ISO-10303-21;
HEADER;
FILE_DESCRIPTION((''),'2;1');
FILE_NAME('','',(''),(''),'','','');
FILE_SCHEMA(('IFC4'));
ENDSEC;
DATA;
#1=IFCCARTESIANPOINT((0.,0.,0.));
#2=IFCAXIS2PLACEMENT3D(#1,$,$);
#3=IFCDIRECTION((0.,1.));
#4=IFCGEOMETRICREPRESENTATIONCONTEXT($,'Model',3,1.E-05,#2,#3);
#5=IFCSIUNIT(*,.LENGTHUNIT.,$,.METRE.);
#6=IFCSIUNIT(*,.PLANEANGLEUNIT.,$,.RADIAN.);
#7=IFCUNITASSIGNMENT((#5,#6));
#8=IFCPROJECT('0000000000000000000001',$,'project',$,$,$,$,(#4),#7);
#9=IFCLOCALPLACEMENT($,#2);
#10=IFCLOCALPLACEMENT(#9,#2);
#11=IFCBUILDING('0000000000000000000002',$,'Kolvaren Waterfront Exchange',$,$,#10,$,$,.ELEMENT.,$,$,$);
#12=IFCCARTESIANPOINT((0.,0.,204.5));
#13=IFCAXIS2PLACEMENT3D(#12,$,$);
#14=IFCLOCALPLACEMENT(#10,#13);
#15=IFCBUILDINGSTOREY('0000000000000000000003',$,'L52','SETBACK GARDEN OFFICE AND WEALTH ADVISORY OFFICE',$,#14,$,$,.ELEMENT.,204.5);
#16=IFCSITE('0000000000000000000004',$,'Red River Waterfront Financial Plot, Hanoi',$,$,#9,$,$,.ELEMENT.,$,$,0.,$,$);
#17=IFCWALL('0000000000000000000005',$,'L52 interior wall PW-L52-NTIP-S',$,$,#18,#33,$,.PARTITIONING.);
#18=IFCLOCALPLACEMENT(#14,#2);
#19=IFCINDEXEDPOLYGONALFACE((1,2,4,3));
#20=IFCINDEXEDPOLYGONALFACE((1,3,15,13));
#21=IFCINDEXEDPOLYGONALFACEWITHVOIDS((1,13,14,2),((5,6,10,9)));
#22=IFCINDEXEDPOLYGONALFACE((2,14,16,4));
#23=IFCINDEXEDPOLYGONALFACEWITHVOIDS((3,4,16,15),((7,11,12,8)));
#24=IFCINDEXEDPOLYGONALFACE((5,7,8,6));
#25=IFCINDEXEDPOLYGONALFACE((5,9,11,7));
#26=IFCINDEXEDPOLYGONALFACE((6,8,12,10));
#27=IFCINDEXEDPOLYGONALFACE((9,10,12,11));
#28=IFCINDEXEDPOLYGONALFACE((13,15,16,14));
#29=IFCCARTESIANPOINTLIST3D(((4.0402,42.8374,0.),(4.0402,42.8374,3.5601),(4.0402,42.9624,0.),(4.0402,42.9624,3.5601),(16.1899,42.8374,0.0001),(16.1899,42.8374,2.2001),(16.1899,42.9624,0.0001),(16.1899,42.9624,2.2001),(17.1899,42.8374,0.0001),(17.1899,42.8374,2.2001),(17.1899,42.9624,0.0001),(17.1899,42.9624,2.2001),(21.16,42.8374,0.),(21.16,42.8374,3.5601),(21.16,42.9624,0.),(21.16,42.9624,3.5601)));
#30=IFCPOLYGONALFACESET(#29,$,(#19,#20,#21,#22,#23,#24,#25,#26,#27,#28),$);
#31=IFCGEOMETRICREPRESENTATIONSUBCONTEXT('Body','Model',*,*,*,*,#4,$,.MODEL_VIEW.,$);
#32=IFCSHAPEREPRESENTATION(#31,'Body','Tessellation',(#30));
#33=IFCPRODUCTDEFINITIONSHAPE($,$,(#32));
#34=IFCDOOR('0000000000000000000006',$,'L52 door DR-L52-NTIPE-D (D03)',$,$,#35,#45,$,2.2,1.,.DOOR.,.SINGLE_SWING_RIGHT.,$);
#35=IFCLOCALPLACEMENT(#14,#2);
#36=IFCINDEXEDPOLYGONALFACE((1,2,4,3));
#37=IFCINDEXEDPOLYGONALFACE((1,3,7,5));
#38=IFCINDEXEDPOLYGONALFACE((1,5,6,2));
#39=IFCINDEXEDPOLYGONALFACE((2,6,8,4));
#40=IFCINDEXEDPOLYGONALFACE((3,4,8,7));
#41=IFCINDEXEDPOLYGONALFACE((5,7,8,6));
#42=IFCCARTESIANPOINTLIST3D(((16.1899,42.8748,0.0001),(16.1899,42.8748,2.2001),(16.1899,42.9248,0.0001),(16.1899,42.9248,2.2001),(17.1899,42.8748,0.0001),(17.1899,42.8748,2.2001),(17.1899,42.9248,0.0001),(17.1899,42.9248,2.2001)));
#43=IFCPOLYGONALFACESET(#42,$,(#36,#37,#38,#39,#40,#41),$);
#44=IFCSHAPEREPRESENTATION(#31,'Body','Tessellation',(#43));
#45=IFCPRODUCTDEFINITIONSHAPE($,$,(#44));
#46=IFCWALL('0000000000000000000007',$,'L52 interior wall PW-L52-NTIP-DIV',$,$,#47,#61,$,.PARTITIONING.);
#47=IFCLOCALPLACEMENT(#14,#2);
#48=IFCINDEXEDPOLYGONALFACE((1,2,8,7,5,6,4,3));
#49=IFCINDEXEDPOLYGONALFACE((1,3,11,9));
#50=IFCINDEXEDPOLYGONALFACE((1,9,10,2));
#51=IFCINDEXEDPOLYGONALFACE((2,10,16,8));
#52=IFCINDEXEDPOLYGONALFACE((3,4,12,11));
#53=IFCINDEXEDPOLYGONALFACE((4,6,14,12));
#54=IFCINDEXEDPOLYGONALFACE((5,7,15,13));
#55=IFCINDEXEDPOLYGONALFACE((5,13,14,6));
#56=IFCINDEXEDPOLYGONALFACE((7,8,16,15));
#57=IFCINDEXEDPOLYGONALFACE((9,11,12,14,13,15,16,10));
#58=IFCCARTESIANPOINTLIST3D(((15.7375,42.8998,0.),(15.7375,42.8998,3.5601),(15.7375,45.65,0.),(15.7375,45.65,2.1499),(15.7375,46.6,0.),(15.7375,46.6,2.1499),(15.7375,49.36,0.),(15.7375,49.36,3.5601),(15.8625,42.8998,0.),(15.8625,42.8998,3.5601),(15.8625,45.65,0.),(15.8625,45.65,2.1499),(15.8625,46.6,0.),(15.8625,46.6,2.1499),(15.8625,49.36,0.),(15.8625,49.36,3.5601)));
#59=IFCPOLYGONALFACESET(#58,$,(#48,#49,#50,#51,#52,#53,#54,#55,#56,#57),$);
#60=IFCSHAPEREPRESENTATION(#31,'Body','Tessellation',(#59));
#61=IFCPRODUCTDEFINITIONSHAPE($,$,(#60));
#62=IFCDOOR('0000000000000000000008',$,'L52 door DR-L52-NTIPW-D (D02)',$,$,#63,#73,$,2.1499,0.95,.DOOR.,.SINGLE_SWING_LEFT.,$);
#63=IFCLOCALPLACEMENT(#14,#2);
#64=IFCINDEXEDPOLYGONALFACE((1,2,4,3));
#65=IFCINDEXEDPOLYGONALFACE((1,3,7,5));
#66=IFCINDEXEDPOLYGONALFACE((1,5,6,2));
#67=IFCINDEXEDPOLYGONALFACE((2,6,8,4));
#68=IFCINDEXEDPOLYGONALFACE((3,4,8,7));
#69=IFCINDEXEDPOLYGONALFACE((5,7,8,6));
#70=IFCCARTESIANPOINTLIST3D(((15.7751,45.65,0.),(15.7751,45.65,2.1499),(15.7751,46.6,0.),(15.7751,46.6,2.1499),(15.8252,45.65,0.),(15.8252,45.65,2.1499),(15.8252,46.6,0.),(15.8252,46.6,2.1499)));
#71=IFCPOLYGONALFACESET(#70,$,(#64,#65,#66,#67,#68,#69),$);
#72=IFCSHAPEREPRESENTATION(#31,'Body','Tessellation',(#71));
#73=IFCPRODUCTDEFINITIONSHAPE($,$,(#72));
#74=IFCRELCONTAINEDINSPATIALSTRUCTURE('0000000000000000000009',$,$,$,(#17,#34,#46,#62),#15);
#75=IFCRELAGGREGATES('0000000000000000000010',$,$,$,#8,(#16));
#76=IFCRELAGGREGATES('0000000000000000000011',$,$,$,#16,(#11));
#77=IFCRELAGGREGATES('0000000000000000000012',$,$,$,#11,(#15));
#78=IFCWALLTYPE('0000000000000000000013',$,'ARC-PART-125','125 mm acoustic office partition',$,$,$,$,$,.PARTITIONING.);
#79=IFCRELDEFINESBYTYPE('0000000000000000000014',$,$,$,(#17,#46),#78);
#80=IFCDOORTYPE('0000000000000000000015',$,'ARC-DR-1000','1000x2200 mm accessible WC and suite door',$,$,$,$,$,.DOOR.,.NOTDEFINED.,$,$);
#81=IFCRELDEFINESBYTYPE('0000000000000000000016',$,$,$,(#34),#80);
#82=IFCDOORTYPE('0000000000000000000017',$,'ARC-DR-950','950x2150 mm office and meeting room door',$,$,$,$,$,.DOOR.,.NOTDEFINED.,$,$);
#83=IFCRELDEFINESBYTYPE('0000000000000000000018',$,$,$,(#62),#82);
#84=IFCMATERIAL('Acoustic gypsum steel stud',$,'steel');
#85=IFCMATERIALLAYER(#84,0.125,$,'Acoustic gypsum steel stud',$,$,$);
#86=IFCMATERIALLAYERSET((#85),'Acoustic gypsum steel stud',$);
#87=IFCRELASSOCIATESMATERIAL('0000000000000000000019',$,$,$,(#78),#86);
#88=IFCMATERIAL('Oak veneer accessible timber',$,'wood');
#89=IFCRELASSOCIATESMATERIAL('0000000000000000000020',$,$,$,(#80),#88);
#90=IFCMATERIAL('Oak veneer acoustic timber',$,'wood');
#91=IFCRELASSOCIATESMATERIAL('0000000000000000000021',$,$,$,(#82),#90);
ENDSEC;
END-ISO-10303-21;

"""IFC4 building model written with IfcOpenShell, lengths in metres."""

from ifc_helpers import new_model, si_unit, direction, frame, frame_2d, origin, place, context, subcontext, project, spatial, rectangle, extrude, material, layer, layer_set, type_object, element, fill, save


model = new_model("IFC4")

# Units and contexts
model_context = context("Model", 3, precision=1e-05, world=origin(), true_north=direction((0.0, 1.0)))
body_context = subcontext(model_context, "Body", "Model", "MODEL_VIEW")
ifc_project = project(units=[si_unit("LENGTHUNIT", "METRE"), si_unit("PLANEANGLEUNIT", "RADIAN")], contexts=[model_context])

# Site, building, storey
site_placement = place(None, origin())
site = spatial("IfcSite", under=ifc_project, at=site_placement, Name="Red River Waterfront Financial Plot, Hanoi", CompositionType="ELEMENT", RefElevation=0.0)
building_placement = place(site_placement, origin())
building = spatial("IfcBuilding", under=site, at=building_placement, Name="Kolvaren Waterfront Exchange", CompositionType="ELEMENT")
storey_placement = place(building_placement, frame((0.0, 0.0, 204.5)))
storey = spatial("IfcBuildingStorey", under=building, at=storey_placement, Name="L52", Description="SETBACK GARDEN OFFICE AND WEALTH ADVISORY OFFICE", CompositionType="ELEMENT", Elevation=204.5)

# Walls, openings, doors
ifc_material_1 = material(Name="Acoustic gypsum steel stud", Category="steel")
ifc_layer_1 = layer(ifc_material_1, 0.125, Name="Acoustic gypsum steel stud")
ifc_layer_set_1 = layer_set([ifc_layer_1], Name="Acoustic gypsum steel stud")
wall_type_1 = type_object("IfcWallType", Name="ARC-PART-125", Description="125 mm acoustic office partition", PredefinedType="PARTITIONING", material=ifc_layer_set_1)
wall_1_placement = place(storey_placement, frame((4.04, 42.8999, 0.0), z_axis=(0.0, 0.0, 1.0), x_axis=(1.0, 0.0, 0.0)))
wall_1 = element("IfcWall", 1, at=wall_1_placement, inside=storey, type_object=wall_type_1, Name="L52 interior wall PW-L52-NTIP-S", PredefinedType="PARTITIONING", context=body_context, shape_type="SweptSolid", body=[
    extrude(rectangle(XDim=17.1199, YDim=0.125, at=frame_2d((8.5601, 0.0))), origin(), (0.0, 0.0, 1.0), 3.5601),
])
opening_1_placement = place(wall_1_placement, frame((12.1499, 0.0, 0.0)))
opening_1 = element("IfcOpeningElement", 2, at=opening_1_placement, cuts=wall_1, PredefinedType="OPENING", context=body_context, shape_type="SweptSolid", body=[
    extrude(rectangle(XDim=1.0, YDim=2.2, at=frame_2d((0.5, 1.1001))), frame((0.0, 0.0725, 0.0), z_axis=(0.0, -1.0, 0.0), x_axis=(1.0, 0.0, 0.0)), (0.0, 0.0, 1.0), 0.145),
])
ifc_material_2 = material(Name="Oak veneer accessible timber", Category="wood")
door_type_1 = type_object("IfcDoorType", Name="ARC-DR-1000", Description="1000x2200 mm accessible WC and suite door", OperationType="NOTDEFINED", PredefinedType="DOOR", material=ifc_material_2)
door_1_placement = place(opening_1_placement, origin())
door_1 = element("IfcDoor", 3, at=door_1_placement, inside=storey, type_object=door_type_1, Name="L52 door DR-L52-NTIPE-D (D03)", OperationType="SINGLE_SWING_RIGHT", OverallHeight=2.2, OverallWidth=1.0, PredefinedType="DOOR", context=body_context, shape_type="SweptSolid", body=[
    extrude(rectangle(XDim=1.0, YDim=2.2, at=frame_2d((0.5, 1.1001))), frame((0.0, 0.0249, 0.0), z_axis=(0.0, -1.0, 0.0), x_axis=(1.0, 0.0, 0.0)), (0.0, 0.0, 1.0), 0.05),
])
fill(opening_1, door_1)
wall_2_placement = place(storey_placement, frame((15.8, 42.8999, 0.0), z_axis=(0.0, 0.0, 1.0), x_axis=(0.0, 1.0, 0.0)))
wall_2 = element("IfcWall", 4, at=wall_2_placement, inside=storey, type_object=wall_type_1, Name="L52 interior wall PW-L52-NTIP-DIV", PredefinedType="PARTITIONING", context=body_context, shape_type="SweptSolid", body=[
    extrude(rectangle(XDim=6.4602, YDim=0.125, at=frame_2d((3.23, 0.0))), origin(), (0.0, 0.0, 1.0), 3.5601),
])
opening_2_placement = place(wall_2_placement, frame((2.75, 0.0, 0.0)))
opening_2 = element("IfcOpeningElement", 5, at=opening_2_placement, cuts=wall_2, PredefinedType="OPENING", context=body_context, shape_type="SweptSolid", body=[
    extrude(rectangle(XDim=0.95, YDim=2.1499, at=frame_2d((0.4751, 1.075))), frame((0.0, 0.0725, 0.0), z_axis=(0.0, -1.0, 0.0), x_axis=(1.0, 0.0, 0.0)), (0.0, 0.0, 1.0), 0.145),
])
ifc_material_3 = material(Name="Oak veneer acoustic timber", Category="wood")
door_type_2 = type_object("IfcDoorType", Name="ARC-DR-950", Description="950x2150 mm office and meeting room door", OperationType="NOTDEFINED", PredefinedType="DOOR", material=ifc_material_3)
door_2_placement = place(opening_2_placement, origin())
door_2 = element("IfcDoor", 6, at=door_2_placement, inside=storey, type_object=door_type_2, Name="L52 door DR-L52-NTIPW-D (D02)", OperationType="SINGLE_SWING_LEFT", OverallHeight=2.1499, OverallWidth=0.95, PredefinedType="DOOR", context=body_context, shape_type="SweptSolid", body=[
    extrude(rectangle(XDim=0.95, YDim=2.1499, at=frame_2d((0.4751, 1.075))), frame((0.0, 0.0249, 0.0), z_axis=(0.0, -1.0, 0.0), x_axis=(1.0, 0.0, 0.0)), (0.0, 0.0, 1.0), 0.05),
])
fill(opening_2, door_2)

save(model, "model.ifc")
